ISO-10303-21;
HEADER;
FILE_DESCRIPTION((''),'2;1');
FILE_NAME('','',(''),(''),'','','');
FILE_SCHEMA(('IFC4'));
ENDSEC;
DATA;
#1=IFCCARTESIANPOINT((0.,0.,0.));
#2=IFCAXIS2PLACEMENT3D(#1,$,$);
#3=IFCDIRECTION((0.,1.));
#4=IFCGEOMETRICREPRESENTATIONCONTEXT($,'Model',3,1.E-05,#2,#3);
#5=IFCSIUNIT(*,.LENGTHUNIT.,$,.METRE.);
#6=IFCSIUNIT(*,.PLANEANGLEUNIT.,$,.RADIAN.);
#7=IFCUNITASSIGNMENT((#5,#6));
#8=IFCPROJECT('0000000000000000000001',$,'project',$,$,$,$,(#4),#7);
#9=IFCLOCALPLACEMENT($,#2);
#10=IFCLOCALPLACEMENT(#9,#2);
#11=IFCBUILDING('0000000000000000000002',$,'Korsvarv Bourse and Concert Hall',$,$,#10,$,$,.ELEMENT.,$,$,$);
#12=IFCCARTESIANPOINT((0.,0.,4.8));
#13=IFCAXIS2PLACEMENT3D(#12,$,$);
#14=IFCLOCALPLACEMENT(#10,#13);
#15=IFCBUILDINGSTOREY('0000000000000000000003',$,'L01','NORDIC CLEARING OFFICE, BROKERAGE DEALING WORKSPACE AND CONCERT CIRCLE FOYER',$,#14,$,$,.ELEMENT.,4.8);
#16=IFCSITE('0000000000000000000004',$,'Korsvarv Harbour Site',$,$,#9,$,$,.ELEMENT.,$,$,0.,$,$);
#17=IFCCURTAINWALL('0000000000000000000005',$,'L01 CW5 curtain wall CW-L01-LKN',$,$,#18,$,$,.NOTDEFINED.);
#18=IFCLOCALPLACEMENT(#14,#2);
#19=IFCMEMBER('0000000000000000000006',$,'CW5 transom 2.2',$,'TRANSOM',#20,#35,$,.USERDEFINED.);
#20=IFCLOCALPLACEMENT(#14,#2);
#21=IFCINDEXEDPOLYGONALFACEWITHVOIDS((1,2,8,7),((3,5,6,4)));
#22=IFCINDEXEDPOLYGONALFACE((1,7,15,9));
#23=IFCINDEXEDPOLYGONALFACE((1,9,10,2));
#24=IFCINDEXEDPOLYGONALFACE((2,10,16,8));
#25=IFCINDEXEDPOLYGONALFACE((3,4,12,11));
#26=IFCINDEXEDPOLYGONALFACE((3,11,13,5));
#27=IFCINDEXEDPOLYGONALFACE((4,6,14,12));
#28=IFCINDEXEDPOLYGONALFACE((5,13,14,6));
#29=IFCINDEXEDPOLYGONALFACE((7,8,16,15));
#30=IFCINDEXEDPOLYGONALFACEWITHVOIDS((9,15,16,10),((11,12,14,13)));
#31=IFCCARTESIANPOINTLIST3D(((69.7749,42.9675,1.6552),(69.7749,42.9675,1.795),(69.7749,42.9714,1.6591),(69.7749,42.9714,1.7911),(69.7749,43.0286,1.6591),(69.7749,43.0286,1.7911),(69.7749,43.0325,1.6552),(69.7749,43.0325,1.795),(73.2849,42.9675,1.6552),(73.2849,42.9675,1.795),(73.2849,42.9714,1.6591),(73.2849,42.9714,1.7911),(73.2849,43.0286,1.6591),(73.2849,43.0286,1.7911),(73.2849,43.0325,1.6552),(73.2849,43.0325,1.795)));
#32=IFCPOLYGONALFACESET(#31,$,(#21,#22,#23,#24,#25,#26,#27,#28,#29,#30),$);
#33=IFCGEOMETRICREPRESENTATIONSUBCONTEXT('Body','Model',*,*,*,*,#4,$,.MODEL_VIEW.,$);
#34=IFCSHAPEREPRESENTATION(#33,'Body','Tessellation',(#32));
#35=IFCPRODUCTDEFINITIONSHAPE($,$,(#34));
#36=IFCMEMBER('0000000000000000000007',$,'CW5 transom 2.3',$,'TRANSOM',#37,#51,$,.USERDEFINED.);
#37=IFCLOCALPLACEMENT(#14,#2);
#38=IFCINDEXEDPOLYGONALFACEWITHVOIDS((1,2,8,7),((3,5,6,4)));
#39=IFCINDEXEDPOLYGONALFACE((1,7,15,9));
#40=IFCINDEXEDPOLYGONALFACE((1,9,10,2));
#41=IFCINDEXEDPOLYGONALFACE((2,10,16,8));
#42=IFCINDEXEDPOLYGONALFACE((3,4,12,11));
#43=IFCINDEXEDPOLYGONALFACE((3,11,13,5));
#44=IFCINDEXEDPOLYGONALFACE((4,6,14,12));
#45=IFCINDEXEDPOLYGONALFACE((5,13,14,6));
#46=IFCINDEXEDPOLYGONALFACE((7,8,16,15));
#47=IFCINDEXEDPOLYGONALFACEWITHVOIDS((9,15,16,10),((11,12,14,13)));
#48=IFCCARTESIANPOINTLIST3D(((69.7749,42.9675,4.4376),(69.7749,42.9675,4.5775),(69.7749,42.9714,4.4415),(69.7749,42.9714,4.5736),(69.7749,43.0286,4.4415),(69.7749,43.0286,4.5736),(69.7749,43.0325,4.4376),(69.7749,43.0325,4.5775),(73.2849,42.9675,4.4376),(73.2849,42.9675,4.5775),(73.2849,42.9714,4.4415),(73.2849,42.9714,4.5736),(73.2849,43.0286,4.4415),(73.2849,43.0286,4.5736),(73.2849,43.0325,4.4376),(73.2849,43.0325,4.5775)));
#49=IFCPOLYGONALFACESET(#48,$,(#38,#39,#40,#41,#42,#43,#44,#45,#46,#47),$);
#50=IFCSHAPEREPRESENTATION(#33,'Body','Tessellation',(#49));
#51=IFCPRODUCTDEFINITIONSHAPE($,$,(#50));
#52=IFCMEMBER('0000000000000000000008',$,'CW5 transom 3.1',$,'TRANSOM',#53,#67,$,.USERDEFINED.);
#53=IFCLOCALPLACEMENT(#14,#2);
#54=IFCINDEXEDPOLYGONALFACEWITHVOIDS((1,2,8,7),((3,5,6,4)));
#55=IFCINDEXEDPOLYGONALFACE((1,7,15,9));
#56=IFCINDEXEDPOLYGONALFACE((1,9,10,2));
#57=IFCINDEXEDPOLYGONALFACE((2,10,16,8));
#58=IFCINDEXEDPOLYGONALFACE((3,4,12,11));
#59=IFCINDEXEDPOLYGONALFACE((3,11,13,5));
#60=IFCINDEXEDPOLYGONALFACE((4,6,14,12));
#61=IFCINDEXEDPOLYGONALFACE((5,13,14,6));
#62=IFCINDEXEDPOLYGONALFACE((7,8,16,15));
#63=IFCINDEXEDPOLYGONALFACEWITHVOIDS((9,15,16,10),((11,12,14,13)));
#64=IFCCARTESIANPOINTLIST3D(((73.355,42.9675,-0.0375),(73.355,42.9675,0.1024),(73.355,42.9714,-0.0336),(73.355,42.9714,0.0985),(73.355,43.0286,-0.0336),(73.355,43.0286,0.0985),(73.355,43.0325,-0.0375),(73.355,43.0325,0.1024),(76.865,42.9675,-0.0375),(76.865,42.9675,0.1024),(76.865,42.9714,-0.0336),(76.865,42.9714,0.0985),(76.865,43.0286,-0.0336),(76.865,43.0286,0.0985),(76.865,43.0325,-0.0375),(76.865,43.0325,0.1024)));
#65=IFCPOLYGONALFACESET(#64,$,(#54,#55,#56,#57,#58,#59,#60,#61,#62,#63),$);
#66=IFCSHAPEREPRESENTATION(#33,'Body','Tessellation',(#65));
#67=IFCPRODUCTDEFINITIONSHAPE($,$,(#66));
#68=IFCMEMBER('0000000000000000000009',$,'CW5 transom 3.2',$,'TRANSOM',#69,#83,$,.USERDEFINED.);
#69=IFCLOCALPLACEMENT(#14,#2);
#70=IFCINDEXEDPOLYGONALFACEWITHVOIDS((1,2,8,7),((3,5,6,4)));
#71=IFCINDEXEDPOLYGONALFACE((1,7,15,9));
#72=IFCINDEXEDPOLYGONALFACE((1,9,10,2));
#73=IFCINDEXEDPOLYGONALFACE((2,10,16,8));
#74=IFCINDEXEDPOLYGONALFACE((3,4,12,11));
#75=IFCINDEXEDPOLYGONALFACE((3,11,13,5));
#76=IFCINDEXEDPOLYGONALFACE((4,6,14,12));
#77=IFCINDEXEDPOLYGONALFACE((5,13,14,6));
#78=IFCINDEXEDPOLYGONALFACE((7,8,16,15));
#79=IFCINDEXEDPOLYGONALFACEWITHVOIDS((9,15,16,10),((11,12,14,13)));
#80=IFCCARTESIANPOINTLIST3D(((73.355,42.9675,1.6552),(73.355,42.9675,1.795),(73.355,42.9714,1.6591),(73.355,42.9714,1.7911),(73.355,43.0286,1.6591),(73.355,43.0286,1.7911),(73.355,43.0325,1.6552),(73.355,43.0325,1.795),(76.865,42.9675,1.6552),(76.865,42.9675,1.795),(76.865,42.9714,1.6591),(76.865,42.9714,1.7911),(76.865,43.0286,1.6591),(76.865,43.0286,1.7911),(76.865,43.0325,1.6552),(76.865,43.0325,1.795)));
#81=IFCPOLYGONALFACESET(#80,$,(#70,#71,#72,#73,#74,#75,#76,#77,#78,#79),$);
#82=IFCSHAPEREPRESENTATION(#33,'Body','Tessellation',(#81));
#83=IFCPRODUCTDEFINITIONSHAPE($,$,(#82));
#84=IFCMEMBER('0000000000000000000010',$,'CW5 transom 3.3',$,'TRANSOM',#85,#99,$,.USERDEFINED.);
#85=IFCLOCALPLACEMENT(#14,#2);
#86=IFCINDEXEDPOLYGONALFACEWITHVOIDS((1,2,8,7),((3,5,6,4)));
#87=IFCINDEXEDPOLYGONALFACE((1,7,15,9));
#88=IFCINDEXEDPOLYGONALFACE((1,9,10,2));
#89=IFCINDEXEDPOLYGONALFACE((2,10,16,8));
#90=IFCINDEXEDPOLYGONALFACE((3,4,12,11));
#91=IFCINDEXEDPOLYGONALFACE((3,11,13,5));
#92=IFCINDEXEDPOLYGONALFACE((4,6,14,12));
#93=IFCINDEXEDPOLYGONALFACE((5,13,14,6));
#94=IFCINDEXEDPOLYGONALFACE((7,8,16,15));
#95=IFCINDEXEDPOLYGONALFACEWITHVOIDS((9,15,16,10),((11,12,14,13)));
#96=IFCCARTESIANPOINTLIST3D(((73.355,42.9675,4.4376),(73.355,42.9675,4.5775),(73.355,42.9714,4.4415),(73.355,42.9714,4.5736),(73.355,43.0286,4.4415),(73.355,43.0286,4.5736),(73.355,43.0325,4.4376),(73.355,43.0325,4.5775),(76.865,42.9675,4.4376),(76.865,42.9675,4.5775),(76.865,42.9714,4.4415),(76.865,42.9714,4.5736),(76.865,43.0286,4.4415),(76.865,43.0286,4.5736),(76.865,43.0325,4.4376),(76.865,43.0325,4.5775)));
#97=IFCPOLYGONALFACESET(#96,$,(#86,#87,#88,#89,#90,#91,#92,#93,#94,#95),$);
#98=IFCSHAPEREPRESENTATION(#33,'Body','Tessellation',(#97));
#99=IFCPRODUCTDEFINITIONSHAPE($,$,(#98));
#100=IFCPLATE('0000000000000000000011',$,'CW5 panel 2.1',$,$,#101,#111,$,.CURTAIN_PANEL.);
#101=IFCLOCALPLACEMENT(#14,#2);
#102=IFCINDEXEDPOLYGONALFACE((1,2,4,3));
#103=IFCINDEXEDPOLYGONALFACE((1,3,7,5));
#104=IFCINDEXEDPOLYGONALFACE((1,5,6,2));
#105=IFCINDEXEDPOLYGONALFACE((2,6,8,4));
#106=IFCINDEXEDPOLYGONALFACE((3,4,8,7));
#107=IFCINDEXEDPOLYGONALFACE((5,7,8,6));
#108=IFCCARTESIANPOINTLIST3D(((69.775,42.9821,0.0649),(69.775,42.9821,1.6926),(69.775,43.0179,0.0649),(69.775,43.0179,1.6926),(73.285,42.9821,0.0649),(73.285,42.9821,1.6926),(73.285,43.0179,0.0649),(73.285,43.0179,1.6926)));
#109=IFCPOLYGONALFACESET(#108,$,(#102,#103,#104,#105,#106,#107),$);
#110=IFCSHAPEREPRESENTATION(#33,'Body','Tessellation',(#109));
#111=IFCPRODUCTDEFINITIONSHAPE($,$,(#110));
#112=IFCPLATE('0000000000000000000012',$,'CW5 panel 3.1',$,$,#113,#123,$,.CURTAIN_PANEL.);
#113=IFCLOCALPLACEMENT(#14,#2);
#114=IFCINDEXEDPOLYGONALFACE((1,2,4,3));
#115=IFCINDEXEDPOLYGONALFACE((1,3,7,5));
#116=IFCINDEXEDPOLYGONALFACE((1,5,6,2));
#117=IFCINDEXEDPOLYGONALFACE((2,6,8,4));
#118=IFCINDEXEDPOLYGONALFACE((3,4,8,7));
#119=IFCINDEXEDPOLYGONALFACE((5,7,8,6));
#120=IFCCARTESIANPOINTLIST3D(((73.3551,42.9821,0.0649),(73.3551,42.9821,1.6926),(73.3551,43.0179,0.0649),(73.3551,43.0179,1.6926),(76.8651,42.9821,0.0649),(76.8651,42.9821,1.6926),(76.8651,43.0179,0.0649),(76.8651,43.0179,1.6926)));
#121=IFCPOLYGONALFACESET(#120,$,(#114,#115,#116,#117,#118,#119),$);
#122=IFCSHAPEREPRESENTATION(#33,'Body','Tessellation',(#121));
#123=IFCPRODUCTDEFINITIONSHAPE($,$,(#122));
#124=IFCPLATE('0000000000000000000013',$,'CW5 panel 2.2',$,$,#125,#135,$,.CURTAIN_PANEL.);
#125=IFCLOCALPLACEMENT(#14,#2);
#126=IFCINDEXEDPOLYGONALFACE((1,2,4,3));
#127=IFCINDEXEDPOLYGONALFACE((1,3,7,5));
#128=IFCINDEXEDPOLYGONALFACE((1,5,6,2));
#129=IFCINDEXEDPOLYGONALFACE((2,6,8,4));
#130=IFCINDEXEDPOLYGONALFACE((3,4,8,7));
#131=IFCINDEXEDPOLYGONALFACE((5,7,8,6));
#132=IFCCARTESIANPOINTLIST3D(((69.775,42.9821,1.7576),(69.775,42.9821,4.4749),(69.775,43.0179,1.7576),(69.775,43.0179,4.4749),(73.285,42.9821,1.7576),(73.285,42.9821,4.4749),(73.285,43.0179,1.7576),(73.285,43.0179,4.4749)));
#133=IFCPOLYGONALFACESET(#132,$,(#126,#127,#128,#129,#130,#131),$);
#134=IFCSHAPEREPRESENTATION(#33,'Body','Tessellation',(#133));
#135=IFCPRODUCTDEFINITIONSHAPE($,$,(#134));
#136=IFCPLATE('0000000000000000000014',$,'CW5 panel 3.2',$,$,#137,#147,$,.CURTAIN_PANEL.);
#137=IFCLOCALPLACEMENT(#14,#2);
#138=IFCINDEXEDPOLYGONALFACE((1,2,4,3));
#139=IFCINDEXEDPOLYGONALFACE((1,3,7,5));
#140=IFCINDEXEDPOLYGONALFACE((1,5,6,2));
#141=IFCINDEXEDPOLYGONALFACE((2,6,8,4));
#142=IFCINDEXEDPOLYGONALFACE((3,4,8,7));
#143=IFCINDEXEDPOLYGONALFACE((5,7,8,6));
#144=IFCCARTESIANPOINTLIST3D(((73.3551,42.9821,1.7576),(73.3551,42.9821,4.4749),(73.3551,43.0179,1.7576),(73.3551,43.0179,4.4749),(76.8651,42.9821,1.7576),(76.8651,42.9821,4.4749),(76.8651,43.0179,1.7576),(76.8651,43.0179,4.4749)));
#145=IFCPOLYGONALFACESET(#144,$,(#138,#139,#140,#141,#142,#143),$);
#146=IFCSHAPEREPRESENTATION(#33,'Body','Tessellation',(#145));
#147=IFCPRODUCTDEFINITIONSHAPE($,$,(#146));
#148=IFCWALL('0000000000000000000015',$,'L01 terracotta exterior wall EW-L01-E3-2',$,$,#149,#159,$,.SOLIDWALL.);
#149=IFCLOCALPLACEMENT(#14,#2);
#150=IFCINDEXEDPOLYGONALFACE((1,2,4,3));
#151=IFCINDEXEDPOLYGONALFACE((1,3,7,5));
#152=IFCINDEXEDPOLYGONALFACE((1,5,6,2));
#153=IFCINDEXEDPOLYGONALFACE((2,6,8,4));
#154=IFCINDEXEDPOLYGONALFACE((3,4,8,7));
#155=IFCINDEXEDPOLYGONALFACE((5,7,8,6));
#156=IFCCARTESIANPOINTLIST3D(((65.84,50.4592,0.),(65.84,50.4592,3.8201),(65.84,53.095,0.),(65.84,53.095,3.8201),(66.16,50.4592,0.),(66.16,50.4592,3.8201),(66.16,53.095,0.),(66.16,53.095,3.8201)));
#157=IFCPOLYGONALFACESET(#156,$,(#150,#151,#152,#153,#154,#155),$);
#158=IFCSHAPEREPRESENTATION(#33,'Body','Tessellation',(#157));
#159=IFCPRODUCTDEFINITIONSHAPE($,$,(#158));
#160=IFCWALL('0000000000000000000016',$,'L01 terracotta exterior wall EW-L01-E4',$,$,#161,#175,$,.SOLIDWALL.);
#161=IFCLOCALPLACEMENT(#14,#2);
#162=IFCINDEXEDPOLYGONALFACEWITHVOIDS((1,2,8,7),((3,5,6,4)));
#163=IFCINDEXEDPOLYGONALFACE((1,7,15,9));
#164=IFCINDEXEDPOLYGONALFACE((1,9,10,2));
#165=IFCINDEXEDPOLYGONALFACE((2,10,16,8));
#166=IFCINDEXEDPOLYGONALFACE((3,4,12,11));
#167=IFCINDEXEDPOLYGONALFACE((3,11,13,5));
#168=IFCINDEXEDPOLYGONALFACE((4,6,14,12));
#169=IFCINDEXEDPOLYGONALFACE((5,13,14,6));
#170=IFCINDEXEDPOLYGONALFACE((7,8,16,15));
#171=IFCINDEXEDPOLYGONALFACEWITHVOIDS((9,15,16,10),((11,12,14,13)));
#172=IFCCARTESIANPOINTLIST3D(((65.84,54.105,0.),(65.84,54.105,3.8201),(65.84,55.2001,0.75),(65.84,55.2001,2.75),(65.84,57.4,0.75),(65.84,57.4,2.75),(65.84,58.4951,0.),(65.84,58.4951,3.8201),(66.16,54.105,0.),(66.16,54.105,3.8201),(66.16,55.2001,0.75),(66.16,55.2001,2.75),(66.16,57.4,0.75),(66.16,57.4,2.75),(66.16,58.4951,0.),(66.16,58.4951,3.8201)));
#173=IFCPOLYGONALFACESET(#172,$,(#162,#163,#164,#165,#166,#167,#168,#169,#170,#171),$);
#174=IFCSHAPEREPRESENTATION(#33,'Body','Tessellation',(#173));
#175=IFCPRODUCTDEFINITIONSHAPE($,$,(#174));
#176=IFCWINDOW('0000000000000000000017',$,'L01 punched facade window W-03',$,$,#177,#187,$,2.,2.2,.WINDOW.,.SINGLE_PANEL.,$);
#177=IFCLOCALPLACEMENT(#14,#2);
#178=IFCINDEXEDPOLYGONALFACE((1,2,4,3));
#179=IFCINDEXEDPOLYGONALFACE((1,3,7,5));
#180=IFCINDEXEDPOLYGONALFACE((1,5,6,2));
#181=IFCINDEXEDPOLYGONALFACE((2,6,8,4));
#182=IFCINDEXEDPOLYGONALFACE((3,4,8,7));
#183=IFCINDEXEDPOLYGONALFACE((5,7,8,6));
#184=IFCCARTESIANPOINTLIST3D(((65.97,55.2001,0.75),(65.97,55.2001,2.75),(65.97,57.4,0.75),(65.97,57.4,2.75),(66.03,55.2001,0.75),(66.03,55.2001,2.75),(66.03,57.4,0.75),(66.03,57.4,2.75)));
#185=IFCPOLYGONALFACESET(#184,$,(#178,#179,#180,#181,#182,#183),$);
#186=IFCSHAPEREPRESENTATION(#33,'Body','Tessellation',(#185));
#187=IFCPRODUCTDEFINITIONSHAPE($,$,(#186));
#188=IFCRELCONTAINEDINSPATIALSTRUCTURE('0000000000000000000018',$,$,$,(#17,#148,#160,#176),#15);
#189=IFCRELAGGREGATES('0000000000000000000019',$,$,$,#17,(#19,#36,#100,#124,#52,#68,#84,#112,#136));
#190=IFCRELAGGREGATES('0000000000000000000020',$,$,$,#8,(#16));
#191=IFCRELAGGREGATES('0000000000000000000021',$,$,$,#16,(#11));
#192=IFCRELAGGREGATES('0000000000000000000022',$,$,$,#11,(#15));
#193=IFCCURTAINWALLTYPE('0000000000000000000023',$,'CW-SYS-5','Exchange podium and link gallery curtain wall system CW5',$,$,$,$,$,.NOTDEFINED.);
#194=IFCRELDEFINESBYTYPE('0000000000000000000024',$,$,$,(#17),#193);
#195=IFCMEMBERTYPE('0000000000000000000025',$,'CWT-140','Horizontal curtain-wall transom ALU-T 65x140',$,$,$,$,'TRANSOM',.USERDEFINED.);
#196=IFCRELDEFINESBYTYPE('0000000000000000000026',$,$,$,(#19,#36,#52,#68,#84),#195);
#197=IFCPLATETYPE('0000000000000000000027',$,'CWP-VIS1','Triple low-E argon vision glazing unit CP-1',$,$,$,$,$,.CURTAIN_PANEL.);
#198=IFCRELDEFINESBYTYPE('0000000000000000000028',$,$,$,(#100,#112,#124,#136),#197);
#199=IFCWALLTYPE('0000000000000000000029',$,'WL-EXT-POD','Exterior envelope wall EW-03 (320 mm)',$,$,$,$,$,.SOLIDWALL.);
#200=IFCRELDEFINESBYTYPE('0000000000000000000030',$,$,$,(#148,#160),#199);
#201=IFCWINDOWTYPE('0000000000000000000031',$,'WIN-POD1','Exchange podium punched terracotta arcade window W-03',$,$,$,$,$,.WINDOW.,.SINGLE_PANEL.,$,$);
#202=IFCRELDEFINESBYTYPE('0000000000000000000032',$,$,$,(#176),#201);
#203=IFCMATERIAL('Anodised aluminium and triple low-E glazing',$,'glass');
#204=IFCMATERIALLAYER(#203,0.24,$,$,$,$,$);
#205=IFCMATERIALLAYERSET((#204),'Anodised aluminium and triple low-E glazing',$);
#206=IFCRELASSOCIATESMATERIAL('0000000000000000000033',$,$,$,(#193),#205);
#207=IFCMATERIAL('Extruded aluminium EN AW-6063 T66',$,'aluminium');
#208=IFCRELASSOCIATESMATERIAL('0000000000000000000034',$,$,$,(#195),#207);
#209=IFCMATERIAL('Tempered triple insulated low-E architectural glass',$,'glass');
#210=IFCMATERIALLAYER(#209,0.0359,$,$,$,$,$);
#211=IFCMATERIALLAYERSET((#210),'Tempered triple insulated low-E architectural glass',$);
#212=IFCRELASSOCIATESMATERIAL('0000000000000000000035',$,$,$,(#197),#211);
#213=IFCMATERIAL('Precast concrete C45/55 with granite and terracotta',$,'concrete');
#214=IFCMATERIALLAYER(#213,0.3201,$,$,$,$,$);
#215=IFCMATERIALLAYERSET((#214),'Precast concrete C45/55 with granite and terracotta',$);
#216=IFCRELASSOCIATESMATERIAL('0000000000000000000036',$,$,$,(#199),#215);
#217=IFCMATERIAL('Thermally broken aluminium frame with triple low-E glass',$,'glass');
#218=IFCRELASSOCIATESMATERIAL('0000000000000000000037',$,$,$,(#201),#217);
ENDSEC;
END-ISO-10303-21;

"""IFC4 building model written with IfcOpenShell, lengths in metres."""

from ifc_helpers import new_model, si_unit, direction, frame, frame_2d, origin, origin_2d, place, context, subcontext, project, spatial, rectangle, hollow_rectangle, extrude, source, transform, mapped, material, layer, layer_set, material_profile, profile_set, type_object, element, fill, aggregate, save


model = new_model("IFC4")

# Units and contexts
model_context = context("Model", 3, precision=1e-05, world=origin(), true_north=direction((0.0, 1.0)))
body_context = subcontext(model_context, "Body", "Model", "MODEL_VIEW")
ifc_project = project(units=[si_unit("LENGTHUNIT", "METRE"), si_unit("PLANEANGLEUNIT", "RADIAN")], contexts=[model_context])

# Site, building, storey
site_placement = place(None, origin())
site = spatial("IfcSite", under=ifc_project, at=site_placement, Name="Korsvarv Harbour Site", CompositionType="ELEMENT", RefElevation=0.0)
building_placement = place(site_placement, origin())
building = spatial("IfcBuilding", under=site, at=building_placement, Name="Korsvarv Bourse and Concert Hall", CompositionType="ELEMENT")
storey_placement = place(building_placement, frame((0.0, 0.0, 4.8)))
storey = spatial("IfcBuildingStorey", under=building, at=storey_placement, Name="L01", Description="NORDIC CLEARING OFFICE, BROKERAGE DEALING WORKSPACE AND CONCERT CIRCLE FOYER", CompositionType="ELEMENT", Elevation=4.8)

# Curtain wall, members, plates
ifc_material_1 = material(Name="Anodised aluminium and triple low-E glazing", Category="glass")
ifc_layer_1 = layer(ifc_material_1, 0.24)
ifc_layer_set_1 = layer_set([ifc_layer_1], Name="Anodised aluminium and triple low-E glazing")
curtain_wall_type = type_object("IfcCurtainWallType", Name="CW-SYS-5", Description="Exchange podium and link gallery curtain wall system CW5", PredefinedType="NOTDEFINED", material=ifc_layer_set_1)
curtain_wall_placement = place(storey_placement, origin())
curtain_wall = element("IfcCurtainWall", 1, at=curtain_wall_placement, inside=storey, type_object=curtain_wall_type, Name="L01 CW5 curtain wall CW-L01-LKN", PredefinedType="NOTDEFINED")
ifc_material_2 = material(Name="Extruded aluminium EN AW-6063 T66", Category="aluminium")
ifc_material_profile_1 = material_profile(ifc_material_2, hollow_rectangle(XDim=0.0649, YDim=0.1399, WallThickness=0.0039, at=origin_2d()), Name="ALU-T 65x140")
ifc_profile_set_1 = profile_set([ifc_material_profile_1], Name="Extruded aluminium EN AW-6063 T66")
member_type_1 = type_object("IfcMemberType", Name="CWT-140", Description="Horizontal curtain-wall transom ALU-T 65x140", ElementType="TRANSOM", PredefinedType="USERDEFINED", material=ifc_profile_set_1)
shared_shape_1 = source(origin(), body_context, "Body", "SweptSolid", [
    extrude(hollow_rectangle(XDim=0.0649, YDim=0.1399, WallThickness=0.0039, at=origin_2d()), origin(), (0.0, 0.0, 1.0), 3.51),
])
member_1_placement = place(storey_placement, frame((69.7749, 43.0, 1.7251), z_axis=(1.0, 0.0, 0.0), x_axis=(0.0, 1.0, 0.0)))
member_1 = element("IfcMember", 2, at=member_1_placement, type_object=member_type_1, Name="CW5 transom 2.2", ObjectType="TRANSOM", PredefinedType="USERDEFINED", context=body_context, shape_type="MappedRepresentation", body=[
    mapped(shared_shape_1, transform((0.0, 0.0, 0.0), scale=1.0)),
])
member_2_placement = place(storey_placement, frame((69.7749, 43.0, 4.5076), z_axis=(1.0, 0.0, 0.0), x_axis=(0.0, 1.0, 0.0)))
member_2 = element("IfcMember", 3, at=member_2_placement, type_object=member_type_1, Name="CW5 transom 2.3", ObjectType="TRANSOM", PredefinedType="USERDEFINED", context=body_context, shape_type="MappedRepresentation", body=[
    mapped(shared_shape_1, transform((0.0, 0.0, 0.0), scale=1.0)),
])
member_3_placement = place(storey_placement, frame((73.355, 43.0, 0.0325), z_axis=(1.0, 0.0, 0.0), x_axis=(0.0, 1.0, 0.0)))
member_3 = element("IfcMember", 4, at=member_3_placement, type_object=member_type_1, Name="CW5 transom 3.1", ObjectType="TRANSOM", PredefinedType="USERDEFINED", context=body_context, shape_type="MappedRepresentation", body=[
    mapped(shared_shape_1, transform((0.0, 0.0, 0.0), scale=1.0)),
])
member_4_placement = place(storey_placement, frame((73.355, 43.0, 1.7251), z_axis=(1.0, 0.0, 0.0), x_axis=(0.0, 1.0, 0.0)))
member_4 = element("IfcMember", 5, at=member_4_placement, type_object=member_type_1, Name="CW5 transom 3.2", ObjectType="TRANSOM", PredefinedType="USERDEFINED", context=body_context, shape_type="MappedRepresentation", body=[
    mapped(shared_shape_1, transform((0.0, 0.0, 0.0), scale=1.0)),
])
member_5_placement = place(storey_placement, frame((73.355, 43.0, 4.5076), z_axis=(1.0, 0.0, 0.0), x_axis=(0.0, 1.0, 0.0)))
member_5 = element("IfcMember", 6, at=member_5_placement, type_object=member_type_1, Name="CW5 transom 3.3", ObjectType="TRANSOM", PredefinedType="USERDEFINED", context=body_context, shape_type="MappedRepresentation", body=[
    mapped(shared_shape_1, transform((0.0, 0.0, 0.0), scale=1.0)),
])
ifc_material_3 = material(Name="Tempered triple insulated low-E architectural glass", Category="glass")
ifc_layer_2 = layer(ifc_material_3, 0.0359)
ifc_layer_set_2 = layer_set([ifc_layer_2], Name="Tempered triple insulated low-E architectural glass")
plate_type = type_object("IfcPlateType", Name="CWP-VIS1", Description="Triple low-E argon vision glazing unit CP-1", PredefinedType="CURTAIN_PANEL", material=ifc_layer_set_2)
shared_shape_2 = source(origin(), body_context, "Body", "SweptSolid", [
    extrude(rectangle(XDim=3.51, YDim=0.0359, at=origin_2d()), origin(), (0.0, 0.0, 1.0), 1.6277),
])
plate_1_placement = place(storey_placement, frame((71.53, 43.0, 0.0649), z_axis=(0.0, 0.0, 1.0), x_axis=(1.0, 0.0, 0.0)))
plate_1 = element("IfcPlate", 7, at=plate_1_placement, type_object=plate_type, Name="CW5 panel 2.1", PredefinedType="CURTAIN_PANEL", context=body_context, shape_type="MappedRepresentation", body=[
    mapped(shared_shape_2, transform((0.0, 0.0, 0.0), scale=1.0)),
])
plate_2_placement = place(storey_placement, frame((75.1101, 43.0, 0.0649), z_axis=(0.0, 0.0, 1.0), x_axis=(1.0, 0.0, 0.0)))
plate_2 = element("IfcPlate", 8, at=plate_2_placement, type_object=plate_type, Name="CW5 panel 3.1", PredefinedType="CURTAIN_PANEL", context=body_context, shape_type="MappedRepresentation", body=[
    mapped(shared_shape_2, transform((0.0, 0.0, 0.0), scale=1.0)),
])
shared_shape_3 = source(origin(), body_context, "Body", "SweptSolid", [
    extrude(rectangle(XDim=3.51, YDim=0.0359, at=origin_2d()), origin(), (0.0, 0.0, 1.0), 2.7173),
])
plate_3_placement = place(storey_placement, frame((71.53, 43.0, 1.7576), z_axis=(0.0, 0.0, 1.0), x_axis=(1.0, 0.0, 0.0)))
plate_3 = element("IfcPlate", 9, at=plate_3_placement, type_object=plate_type, Name="CW5 panel 2.2", PredefinedType="CURTAIN_PANEL", context=body_context, shape_type="MappedRepresentation", body=[
    mapped(shared_shape_3, transform((0.0, 0.0, 0.0), scale=1.0)),
])
plate_4_placement = place(storey_placement, frame((75.1101, 43.0, 1.7576), z_axis=(0.0, 0.0, 1.0), x_axis=(1.0, 0.0, 0.0)))
plate_4 = element("IfcPlate", 10, at=plate_4_placement, type_object=plate_type, Name="CW5 panel 3.2", PredefinedType="CURTAIN_PANEL", context=body_context, shape_type="MappedRepresentation", body=[
    mapped(shared_shape_3, transform((0.0, 0.0, 0.0), scale=1.0)),
])
aggregate(curtain_wall, [member_1, member_2, plate_1, plate_3, member_3, member_4, member_5, plate_2, plate_4])

# Wall
ifc_material_4 = material(Name="Precast concrete C45/55 with granite and terracotta", Category="concrete")
ifc_layer_3 = layer(ifc_material_4, 0.3201)
ifc_layer_set_3 = layer_set([ifc_layer_3], Name="Precast concrete C45/55 with granite and terracotta")
wall_type = type_object("IfcWallType", Name="WL-EXT-POD", Description="Exterior envelope wall EW-03 (320 mm)", PredefinedType="SOLIDWALL", material=ifc_layer_set_3)
wall_1_placement = place(storey_placement, frame((66.0, 50.4592, 0.0), z_axis=(0.0, 0.0, 1.0), x_axis=(0.0, 1.0, 0.0)))
element("IfcWall", 11, at=wall_1_placement, inside=storey, type_object=wall_type, Name="L01 terracotta exterior wall EW-L01-E3-2", PredefinedType="SOLIDWALL", context=body_context, shape_type="SweptSolid", body=[
    extrude(rectangle(XDim=2.6357, YDim=0.3201, at=frame_2d((1.3179, 0.0))), origin(), (0.0, 0.0, 1.0), 3.8201),
])

# Wall, opening, window
wall_2_placement = place(storey_placement, frame((66.0, 54.105, 0.0), z_axis=(0.0, 0.0, 1.0), x_axis=(0.0, 1.0, 0.0)))
wall_2 = element("IfcWall", 12, at=wall_2_placement, inside=storey, type_object=wall_type, Name="L01 terracotta exterior wall EW-L01-E4", PredefinedType="SOLIDWALL", context=body_context, shape_type="SweptSolid", body=[
    extrude(rectangle(XDim=4.3901, YDim=0.3201, at=frame_2d((2.1951, 0.0))), origin(), (0.0, 0.0, 1.0), 3.8201),
])
opening_placement = place(wall_2_placement, frame((1.095, 0.0, 0.75)))
opening = element("IfcOpeningElement", 13, at=opening_placement, cuts=wall_2, PredefinedType="OPENING", context=body_context, shape_type="SweptSolid", body=[
    extrude(rectangle(XDim=2.2, YDim=2.0, at=frame_2d((1.1001, 1.0))), frame((0.0, 0.1699, 0.0), z_axis=(0.0, -1.0, 0.0), x_axis=(1.0, 0.0, 0.0)), (0.0, 0.0, 1.0), 0.3401),
])
ifc_material_5 = material(Name="Thermally broken aluminium frame with triple low-E glass", Category="glass")
window_type = type_object("IfcWindowType", Name="WIN-POD1", Description="Exchange podium punched terracotta arcade window W-03", PartitioningType="SINGLE_PANEL", PredefinedType="WINDOW", material=ifc_material_5)
window_placement = place(opening_placement, origin())
window = element("IfcWindow", 14, at=window_placement, inside=storey, type_object=window_type, Name="L01 punched facade window W-03", OverallHeight=2.0, OverallWidth=2.2, PartitioningType="SINGLE_PANEL", PredefinedType="WINDOW", context=body_context, shape_type="SweptSolid", body=[
    extrude(rectangle(XDim=2.2, YDim=2.0, at=frame_2d((1.1001, 1.0))), frame((0.0, 0.03, 0.0), z_axis=(0.0, -1.0, 0.0), x_axis=(1.0, 0.0, 0.0)), (0.0, 0.0, 1.0), 0.0601),
])
fill(opening, window)

save(model, "model.ifc")
